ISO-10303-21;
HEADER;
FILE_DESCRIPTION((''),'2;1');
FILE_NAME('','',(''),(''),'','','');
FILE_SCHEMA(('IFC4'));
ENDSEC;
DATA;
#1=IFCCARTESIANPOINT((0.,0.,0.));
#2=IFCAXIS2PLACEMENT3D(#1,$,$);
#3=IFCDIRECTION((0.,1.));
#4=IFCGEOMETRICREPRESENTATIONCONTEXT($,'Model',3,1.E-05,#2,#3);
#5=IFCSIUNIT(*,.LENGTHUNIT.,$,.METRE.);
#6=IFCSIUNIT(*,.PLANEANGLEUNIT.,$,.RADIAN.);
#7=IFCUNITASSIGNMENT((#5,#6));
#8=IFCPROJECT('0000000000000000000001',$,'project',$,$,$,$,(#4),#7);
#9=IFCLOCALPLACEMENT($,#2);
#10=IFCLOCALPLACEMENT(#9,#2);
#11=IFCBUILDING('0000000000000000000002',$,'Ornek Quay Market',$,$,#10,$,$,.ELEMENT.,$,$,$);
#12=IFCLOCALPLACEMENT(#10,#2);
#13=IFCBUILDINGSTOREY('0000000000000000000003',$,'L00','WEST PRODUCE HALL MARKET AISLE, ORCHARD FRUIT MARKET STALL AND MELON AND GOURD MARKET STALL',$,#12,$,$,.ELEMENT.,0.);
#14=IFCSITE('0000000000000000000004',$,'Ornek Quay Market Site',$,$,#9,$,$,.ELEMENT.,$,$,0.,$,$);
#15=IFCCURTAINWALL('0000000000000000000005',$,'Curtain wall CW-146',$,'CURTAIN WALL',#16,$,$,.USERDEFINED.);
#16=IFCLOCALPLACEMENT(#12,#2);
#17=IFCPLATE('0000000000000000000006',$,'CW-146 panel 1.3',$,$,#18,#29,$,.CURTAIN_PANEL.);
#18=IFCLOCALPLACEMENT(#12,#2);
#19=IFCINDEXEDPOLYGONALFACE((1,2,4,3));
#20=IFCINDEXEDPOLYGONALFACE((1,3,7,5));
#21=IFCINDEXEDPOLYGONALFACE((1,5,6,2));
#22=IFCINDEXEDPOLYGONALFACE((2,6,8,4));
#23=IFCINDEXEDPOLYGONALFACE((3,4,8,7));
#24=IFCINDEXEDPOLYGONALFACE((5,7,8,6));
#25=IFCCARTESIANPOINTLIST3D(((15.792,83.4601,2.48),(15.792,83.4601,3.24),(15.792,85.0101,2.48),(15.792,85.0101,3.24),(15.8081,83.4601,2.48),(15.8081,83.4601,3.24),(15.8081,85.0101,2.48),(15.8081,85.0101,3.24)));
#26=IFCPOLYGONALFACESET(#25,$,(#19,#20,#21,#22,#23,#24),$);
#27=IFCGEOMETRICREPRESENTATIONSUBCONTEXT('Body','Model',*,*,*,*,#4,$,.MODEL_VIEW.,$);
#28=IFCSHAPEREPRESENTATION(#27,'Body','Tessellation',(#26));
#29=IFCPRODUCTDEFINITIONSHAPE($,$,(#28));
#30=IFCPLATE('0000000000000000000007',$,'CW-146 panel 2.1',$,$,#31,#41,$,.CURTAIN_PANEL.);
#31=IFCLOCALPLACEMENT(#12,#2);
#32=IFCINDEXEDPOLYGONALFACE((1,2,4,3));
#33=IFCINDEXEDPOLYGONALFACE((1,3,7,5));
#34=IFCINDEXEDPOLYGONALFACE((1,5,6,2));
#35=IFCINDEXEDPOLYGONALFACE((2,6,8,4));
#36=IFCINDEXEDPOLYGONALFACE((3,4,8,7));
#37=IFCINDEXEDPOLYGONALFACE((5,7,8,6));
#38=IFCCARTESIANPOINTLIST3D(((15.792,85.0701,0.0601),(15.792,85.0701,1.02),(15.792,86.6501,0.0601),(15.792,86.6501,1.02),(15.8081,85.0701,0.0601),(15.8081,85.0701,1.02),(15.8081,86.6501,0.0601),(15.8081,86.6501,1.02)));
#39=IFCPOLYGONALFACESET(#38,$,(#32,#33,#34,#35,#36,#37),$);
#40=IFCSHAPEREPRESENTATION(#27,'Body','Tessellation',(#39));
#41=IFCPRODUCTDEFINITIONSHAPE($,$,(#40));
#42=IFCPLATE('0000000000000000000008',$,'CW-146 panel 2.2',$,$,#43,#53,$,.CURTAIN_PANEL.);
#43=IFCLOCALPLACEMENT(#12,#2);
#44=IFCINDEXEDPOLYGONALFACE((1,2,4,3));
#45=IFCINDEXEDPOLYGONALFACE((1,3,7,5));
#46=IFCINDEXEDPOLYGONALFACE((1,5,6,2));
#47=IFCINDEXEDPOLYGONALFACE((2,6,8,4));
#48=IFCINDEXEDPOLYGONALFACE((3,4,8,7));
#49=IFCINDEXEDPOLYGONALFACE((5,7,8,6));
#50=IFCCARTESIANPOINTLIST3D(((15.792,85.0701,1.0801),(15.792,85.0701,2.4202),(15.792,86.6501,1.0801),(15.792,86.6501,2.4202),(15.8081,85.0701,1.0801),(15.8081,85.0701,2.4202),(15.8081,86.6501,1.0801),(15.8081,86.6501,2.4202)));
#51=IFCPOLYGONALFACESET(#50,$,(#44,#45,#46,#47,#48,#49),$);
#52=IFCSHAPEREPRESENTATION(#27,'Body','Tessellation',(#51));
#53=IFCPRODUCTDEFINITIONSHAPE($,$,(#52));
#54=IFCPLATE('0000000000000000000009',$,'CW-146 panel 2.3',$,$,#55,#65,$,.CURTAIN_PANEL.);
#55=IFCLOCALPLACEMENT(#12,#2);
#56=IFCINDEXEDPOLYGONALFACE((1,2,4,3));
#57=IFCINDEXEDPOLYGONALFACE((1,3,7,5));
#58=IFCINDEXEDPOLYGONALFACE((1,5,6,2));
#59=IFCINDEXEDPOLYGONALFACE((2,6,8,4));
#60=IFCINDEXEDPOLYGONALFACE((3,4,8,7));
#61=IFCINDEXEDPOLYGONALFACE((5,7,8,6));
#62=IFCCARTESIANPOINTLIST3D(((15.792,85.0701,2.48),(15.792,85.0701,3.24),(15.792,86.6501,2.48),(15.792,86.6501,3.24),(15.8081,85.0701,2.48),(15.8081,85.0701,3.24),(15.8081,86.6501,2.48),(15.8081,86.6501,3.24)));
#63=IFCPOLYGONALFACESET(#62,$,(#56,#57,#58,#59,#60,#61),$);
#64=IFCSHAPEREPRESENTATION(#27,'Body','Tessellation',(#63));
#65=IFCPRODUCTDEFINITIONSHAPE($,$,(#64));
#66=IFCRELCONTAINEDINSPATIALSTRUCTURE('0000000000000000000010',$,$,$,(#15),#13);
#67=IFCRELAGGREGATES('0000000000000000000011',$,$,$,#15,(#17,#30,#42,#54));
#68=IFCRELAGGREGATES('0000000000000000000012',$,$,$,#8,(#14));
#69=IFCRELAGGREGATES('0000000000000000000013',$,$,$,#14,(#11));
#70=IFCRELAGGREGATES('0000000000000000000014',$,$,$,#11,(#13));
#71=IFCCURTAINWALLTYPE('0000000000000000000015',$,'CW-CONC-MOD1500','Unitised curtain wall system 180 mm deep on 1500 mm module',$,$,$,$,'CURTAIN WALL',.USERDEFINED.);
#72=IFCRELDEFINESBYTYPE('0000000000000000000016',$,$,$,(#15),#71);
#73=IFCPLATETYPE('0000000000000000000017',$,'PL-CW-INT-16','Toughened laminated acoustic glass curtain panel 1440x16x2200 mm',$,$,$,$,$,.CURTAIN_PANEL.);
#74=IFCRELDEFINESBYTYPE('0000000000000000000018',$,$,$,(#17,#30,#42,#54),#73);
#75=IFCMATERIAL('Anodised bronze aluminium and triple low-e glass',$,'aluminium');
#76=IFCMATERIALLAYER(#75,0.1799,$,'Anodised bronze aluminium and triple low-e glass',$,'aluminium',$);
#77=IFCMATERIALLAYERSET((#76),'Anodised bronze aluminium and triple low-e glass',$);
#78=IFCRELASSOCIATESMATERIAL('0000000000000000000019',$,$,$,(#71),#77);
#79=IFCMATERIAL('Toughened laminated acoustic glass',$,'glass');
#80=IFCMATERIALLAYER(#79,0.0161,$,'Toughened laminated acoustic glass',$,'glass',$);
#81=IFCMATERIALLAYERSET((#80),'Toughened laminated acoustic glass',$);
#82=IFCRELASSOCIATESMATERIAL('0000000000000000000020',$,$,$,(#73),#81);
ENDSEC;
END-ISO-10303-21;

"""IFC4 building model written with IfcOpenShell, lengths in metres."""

from ifc_helpers import new_model, si_unit, direction, frame, origin, origin_2d, place, context, subcontext, project, spatial, rectangle, extrude, material, layer, layer_set, type_object, element, aggregate, save


model = new_model("IFC4")

# Units and contexts
model_context = context("Model", 3, precision=1e-05, world=origin(), true_north=direction((0.0, 1.0)))
body_context = subcontext(model_context, "Body", "Model", "MODEL_VIEW")
ifc_project = project(units=[si_unit("LENGTHUNIT", "METRE"), si_unit("PLANEANGLEUNIT", "RADIAN")], contexts=[model_context])

# Site, building, storey
site_placement = place(None, origin())
site = spatial("IfcSite", under=ifc_project, at=site_placement, Name="Ornek Quay Market Site", CompositionType="ELEMENT", RefElevation=0.0)
building_placement = place(site_placement, origin())
building = spatial("IfcBuilding", under=site, at=building_placement, Name="Ornek Quay Market", CompositionType="ELEMENT")
storey_placement = place(building_placement, origin())
storey = spatial("IfcBuildingStorey", under=building, at=storey_placement, Name="L00", Description="WEST PRODUCE HALL MARKET AISLE, ORCHARD FRUIT MARKET STALL AND MELON AND GOURD MARKET STALL", CompositionType="ELEMENT", Elevation=0.0)

# Curtain wall
ifc_material_1 = material(Name="Anodised bronze aluminium and triple low-e glass", Category="aluminium")
ifc_layer_1 = layer(ifc_material_1, 0.1799, Name="Anodised bronze aluminium and triple low-e glass", Category="aluminium")
ifc_layer_set_1 = layer_set([ifc_layer_1], Name="Anodised bronze aluminium and triple low-e glass")
curtain_wall_type = type_object("IfcCurtainWallType", Name="CW-CONC-MOD1500", Description="Unitised curtain wall system 180 mm deep on 1500 mm module", ElementType="CURTAIN WALL", PredefinedType="USERDEFINED", material=ifc_layer_set_1)
curtain_wall_1_placement = place(storey_placement, origin())
curtain_wall_1 = element("IfcCurtainWall", 1, at=curtain_wall_1_placement, inside=storey, type_object=curtain_wall_type, Name="Curtain wall CW-146", ObjectType="CURTAIN WALL", PredefinedType="USERDEFINED")

# Plates
ifc_material_2 = material(Name="Toughened laminated acoustic glass", Category="glass")
ifc_layer_2 = layer(ifc_material_2, 0.0161, Name="Toughened laminated acoustic glass", Category="glass")
ifc_layer_set_2 = layer_set([ifc_layer_2], Name="Toughened laminated acoustic glass")
plate_type = type_object("IfcPlateType", Name="PL-CW-INT-16", Description="Toughened laminated acoustic glass curtain panel 1440x16x2200 mm", PredefinedType="CURTAIN_PANEL", material=ifc_layer_set_2)
plate_1_placement = place(storey_placement, frame((15.8, 84.2351, 2.48), z_axis=(0.0, 0.0, 1.0), x_axis=(0.0, 1.0, 0.0)))
plate_1 = element("IfcPlate", 2, at=plate_1_placement, type_object=plate_type, Name="CW-146 panel 1.3", PredefinedType="CURTAIN_PANEL", context=body_context, shape_type="SweptSolid", body=[
    extrude(rectangle(XDim=1.55, YDim=0.0161, at=origin_2d()), origin(), (0.0, 0.0, 1.0), 0.76),
])
plate_2_placement = place(storey_placement, frame((15.8, 85.8601, 0.0601), z_axis=(0.0, 0.0, 1.0), x_axis=(0.0, 1.0, 0.0)))
plate_2 = element("IfcPlate", 3, at=plate_2_placement, type_object=plate_type, Name="CW-146 panel 2.1", PredefinedType="CURTAIN_PANEL", context=body_context, shape_type="SweptSolid", body=[
    extrude(rectangle(XDim=1.5801, YDim=0.0161, at=origin_2d()), origin(), (0.0, 0.0, 1.0), 0.96),
])
plate_3_placement = place(storey_placement, frame((15.8, 85.8601, 1.0801), z_axis=(0.0, 0.0, 1.0), x_axis=(0.0, 1.0, 0.0)))
plate_3 = element("IfcPlate", 4, at=plate_3_placement, type_object=plate_type, Name="CW-146 panel 2.2", PredefinedType="CURTAIN_PANEL", context=body_context, shape_type="SweptSolid", body=[
    extrude(rectangle(XDim=1.5801, YDim=0.0161, at=origin_2d()), origin(), (0.0, 0.0, 1.0), 1.3401),
])
plate_4_placement = place(storey_placement, frame((15.8, 85.8601, 2.48), z_axis=(0.0, 0.0, 1.0), x_axis=(0.0, 1.0, 0.0)))
plate_4 = element("IfcPlate", 5, at=plate_4_placement, type_object=plate_type, Name="CW-146 panel 2.3", PredefinedType="CURTAIN_PANEL", context=body_context, shape_type="SweptSolid", body=[
    extrude(rectangle(XDim=1.5801, YDim=0.0161, at=origin_2d()), origin(), (0.0, 0.0, 1.0), 0.76),
])
aggregate(curtain_wall_1, [plate_1, plate_2, plate_3, plate_4])

save(model, "model.ifc")
